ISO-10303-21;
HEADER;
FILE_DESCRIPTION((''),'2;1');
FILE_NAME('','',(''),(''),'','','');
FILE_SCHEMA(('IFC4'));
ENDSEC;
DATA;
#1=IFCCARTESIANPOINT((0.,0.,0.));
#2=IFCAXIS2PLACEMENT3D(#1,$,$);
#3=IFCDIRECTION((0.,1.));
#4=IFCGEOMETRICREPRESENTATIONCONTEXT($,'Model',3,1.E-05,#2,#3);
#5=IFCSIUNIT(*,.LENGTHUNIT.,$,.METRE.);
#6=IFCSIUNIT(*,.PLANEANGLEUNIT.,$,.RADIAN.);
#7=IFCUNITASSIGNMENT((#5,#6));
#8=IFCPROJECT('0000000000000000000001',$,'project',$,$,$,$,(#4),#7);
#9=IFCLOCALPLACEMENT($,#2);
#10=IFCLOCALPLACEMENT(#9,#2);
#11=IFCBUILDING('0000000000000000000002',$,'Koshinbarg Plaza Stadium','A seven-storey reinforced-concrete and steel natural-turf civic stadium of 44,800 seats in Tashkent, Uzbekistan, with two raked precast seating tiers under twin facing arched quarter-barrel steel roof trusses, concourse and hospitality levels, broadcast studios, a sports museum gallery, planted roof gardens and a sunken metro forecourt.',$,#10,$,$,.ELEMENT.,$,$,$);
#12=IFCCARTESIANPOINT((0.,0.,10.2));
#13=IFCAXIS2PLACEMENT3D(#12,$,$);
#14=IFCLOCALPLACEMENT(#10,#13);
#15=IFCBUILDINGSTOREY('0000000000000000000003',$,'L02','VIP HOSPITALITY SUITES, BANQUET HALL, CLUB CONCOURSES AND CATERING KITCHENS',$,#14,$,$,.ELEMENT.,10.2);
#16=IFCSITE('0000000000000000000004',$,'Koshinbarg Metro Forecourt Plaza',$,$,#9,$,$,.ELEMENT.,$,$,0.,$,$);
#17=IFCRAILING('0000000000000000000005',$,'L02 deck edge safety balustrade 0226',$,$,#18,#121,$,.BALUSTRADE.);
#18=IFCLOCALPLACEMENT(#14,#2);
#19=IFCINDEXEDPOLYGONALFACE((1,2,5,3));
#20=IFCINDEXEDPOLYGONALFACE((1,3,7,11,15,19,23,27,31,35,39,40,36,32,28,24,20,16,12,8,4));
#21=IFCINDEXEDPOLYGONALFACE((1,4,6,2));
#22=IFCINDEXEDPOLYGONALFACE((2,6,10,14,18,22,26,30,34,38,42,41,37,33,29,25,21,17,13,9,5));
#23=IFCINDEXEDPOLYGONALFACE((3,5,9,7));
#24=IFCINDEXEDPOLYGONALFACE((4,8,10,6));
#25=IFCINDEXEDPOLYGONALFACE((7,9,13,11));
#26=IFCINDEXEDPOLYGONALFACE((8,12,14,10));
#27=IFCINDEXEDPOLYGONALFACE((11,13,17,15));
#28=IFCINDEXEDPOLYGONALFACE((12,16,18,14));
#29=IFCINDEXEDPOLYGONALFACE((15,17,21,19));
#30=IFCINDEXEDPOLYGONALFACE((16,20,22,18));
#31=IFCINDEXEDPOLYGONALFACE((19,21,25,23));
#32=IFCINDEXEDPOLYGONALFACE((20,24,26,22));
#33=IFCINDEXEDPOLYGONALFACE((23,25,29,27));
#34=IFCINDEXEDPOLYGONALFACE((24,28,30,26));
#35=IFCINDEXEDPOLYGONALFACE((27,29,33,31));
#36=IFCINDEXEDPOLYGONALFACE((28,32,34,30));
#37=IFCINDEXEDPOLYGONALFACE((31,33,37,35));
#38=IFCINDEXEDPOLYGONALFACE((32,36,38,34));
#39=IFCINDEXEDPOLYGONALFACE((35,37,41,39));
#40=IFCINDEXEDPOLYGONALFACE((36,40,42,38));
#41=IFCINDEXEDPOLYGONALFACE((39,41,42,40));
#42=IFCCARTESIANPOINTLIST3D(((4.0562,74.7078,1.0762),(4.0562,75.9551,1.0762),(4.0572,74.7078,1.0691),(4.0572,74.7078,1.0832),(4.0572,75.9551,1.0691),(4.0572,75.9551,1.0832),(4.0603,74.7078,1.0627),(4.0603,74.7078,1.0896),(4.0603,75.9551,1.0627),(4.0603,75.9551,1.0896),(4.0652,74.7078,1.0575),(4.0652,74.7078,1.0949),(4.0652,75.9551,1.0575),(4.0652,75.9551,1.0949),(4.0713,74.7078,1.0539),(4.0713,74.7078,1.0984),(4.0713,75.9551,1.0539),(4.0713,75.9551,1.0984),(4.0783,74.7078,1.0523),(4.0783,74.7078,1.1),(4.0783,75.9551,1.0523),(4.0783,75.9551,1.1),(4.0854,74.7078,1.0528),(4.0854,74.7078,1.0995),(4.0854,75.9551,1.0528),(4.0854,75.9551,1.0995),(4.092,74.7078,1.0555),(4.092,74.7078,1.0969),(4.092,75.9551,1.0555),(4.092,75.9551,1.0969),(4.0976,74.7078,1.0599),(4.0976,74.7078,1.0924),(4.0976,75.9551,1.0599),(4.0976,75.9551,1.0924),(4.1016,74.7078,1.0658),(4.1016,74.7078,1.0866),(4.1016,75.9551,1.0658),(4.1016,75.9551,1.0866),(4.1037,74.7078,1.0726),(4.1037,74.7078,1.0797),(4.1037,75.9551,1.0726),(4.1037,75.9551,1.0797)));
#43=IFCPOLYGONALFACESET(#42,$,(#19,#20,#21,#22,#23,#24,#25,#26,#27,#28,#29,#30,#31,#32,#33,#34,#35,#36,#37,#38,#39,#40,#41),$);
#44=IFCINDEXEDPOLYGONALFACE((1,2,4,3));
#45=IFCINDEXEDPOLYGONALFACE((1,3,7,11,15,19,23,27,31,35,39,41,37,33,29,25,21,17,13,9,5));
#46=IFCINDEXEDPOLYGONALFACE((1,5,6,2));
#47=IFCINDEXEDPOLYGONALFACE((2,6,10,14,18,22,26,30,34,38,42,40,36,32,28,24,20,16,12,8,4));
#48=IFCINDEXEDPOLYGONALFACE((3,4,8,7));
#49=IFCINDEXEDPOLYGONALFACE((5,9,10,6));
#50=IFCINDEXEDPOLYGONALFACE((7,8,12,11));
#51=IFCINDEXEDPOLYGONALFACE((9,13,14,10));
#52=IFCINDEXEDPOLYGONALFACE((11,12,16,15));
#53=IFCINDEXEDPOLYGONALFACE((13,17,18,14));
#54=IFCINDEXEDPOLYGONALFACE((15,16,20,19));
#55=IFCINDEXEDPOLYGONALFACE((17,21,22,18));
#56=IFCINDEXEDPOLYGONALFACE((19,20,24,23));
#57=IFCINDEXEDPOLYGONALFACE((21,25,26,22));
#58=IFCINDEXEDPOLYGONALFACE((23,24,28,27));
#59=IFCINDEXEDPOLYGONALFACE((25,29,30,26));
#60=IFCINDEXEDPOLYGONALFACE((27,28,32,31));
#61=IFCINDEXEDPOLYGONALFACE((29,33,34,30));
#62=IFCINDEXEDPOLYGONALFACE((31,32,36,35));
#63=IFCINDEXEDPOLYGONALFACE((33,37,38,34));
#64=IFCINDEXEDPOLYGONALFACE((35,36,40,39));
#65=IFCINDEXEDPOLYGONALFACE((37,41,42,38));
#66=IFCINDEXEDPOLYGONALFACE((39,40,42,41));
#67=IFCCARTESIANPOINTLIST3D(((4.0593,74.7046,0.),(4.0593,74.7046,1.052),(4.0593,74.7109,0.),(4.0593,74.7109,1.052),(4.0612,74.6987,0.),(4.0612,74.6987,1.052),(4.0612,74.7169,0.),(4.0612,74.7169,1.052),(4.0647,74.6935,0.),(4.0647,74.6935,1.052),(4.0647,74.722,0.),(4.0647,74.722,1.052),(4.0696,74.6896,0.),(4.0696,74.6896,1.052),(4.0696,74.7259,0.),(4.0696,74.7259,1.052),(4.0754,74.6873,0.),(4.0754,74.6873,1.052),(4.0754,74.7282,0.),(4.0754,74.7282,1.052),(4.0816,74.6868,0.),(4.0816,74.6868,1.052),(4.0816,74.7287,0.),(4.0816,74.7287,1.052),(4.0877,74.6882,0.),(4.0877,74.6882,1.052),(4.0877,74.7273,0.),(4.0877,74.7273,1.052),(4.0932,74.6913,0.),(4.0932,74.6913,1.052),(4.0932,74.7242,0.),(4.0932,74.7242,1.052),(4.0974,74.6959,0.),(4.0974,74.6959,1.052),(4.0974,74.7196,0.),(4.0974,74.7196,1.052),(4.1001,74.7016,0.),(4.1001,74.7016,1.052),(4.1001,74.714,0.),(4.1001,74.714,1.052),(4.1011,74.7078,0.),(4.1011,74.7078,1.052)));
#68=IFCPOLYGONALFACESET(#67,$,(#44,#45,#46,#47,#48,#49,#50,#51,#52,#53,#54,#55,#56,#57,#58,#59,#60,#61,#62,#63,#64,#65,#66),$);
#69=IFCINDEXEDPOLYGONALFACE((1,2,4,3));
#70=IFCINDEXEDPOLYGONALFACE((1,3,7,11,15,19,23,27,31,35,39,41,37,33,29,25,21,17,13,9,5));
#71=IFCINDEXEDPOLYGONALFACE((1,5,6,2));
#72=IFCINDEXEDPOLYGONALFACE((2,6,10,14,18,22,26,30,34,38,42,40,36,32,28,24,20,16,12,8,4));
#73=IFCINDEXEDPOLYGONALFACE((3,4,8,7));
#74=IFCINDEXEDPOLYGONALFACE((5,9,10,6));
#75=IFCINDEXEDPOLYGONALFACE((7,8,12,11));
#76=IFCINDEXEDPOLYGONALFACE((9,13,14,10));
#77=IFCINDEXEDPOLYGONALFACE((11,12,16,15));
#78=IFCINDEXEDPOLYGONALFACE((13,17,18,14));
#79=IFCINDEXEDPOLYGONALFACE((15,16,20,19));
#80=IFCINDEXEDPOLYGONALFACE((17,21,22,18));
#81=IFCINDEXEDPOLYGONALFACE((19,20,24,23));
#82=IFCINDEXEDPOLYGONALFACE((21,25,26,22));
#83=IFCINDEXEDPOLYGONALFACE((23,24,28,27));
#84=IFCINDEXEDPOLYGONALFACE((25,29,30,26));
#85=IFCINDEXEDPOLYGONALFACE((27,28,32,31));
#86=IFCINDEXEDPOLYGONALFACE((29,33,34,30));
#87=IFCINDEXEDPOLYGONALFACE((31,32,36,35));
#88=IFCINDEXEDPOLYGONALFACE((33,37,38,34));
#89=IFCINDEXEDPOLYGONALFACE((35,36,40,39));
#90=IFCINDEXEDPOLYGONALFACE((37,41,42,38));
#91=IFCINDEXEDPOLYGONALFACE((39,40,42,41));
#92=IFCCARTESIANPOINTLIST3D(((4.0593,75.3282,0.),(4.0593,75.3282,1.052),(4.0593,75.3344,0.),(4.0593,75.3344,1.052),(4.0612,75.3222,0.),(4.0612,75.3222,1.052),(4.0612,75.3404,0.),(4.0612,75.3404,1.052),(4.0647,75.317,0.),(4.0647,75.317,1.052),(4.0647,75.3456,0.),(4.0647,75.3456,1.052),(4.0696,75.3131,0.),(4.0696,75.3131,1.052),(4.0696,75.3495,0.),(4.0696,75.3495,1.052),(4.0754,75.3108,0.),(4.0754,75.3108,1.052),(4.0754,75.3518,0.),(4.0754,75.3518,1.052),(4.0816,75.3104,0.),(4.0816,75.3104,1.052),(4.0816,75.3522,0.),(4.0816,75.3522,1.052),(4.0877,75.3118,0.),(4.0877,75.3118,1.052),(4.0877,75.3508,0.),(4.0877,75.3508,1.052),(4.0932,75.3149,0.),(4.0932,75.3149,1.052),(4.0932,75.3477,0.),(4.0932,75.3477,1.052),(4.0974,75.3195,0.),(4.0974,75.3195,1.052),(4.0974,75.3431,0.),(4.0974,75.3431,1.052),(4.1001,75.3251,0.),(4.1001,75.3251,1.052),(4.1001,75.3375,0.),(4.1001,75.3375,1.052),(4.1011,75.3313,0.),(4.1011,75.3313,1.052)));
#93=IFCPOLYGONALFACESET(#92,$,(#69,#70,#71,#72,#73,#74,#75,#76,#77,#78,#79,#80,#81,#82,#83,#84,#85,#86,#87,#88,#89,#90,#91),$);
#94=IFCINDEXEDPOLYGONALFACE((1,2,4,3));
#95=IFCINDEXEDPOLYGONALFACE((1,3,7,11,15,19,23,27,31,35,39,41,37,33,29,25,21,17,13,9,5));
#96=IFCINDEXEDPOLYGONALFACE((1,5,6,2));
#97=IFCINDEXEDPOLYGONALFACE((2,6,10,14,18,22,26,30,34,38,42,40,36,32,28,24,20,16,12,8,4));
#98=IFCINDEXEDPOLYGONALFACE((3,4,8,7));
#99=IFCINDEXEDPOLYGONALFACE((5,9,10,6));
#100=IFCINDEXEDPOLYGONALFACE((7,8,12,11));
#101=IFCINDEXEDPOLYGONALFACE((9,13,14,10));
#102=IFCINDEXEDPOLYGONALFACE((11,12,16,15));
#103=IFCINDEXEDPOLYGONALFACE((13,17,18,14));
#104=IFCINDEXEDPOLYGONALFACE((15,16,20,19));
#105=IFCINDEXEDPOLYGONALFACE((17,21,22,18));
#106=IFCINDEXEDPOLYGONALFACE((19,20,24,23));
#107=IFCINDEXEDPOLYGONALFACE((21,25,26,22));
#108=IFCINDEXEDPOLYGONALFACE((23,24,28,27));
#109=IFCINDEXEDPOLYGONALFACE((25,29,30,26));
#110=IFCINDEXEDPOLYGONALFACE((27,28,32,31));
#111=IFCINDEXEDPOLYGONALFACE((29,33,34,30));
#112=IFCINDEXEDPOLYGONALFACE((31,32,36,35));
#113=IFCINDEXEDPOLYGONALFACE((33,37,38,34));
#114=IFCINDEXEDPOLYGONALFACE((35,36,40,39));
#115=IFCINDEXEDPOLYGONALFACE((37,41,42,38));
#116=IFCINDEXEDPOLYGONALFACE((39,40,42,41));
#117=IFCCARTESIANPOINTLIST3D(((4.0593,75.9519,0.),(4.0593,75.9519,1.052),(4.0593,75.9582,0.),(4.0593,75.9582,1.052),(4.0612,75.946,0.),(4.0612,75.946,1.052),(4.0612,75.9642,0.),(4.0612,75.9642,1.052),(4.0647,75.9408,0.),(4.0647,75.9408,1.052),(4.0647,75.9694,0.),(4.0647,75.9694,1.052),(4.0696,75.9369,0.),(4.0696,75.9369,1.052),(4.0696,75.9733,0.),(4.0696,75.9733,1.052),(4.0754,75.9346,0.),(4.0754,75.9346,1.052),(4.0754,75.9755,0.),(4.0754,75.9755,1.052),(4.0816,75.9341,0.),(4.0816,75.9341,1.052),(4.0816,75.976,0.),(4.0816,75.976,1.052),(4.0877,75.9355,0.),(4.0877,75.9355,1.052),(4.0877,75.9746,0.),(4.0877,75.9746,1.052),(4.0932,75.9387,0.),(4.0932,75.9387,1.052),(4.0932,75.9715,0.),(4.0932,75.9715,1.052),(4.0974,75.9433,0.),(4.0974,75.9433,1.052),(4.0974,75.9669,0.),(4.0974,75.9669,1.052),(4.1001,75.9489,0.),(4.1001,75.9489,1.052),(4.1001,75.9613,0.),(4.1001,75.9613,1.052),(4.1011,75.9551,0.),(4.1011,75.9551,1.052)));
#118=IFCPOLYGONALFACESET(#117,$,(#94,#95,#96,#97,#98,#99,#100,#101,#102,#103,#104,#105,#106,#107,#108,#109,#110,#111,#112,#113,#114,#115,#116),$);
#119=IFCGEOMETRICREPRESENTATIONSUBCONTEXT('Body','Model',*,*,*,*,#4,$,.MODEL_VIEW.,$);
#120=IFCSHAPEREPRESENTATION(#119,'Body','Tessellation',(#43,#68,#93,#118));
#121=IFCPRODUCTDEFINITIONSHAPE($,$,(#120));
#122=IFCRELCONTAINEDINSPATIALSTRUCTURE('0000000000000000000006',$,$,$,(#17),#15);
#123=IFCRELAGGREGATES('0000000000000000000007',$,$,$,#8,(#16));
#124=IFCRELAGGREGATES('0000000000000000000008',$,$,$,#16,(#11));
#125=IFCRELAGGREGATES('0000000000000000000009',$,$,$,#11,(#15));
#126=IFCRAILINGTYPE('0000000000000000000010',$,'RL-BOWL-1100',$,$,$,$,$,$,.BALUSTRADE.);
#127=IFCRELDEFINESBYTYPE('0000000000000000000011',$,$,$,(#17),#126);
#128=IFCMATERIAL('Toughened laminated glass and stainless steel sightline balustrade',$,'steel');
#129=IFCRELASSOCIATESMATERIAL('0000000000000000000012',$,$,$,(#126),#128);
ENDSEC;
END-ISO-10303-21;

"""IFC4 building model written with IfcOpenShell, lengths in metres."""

from ifc_helpers import new_model, si_unit, direction, frame, origin, origin_2d, place, context, subcontext, project, spatial, circle, extrude, material, type_object, element, save


model = new_model("IFC4")

# Units and contexts
model_context = context("Model", 3, precision=1e-05, world=origin(), true_north=direction((0.0, 1.0)))
body_context = subcontext(model_context, "Body", "Model", "MODEL_VIEW")
ifc_project = project(units=[si_unit("LENGTHUNIT", "METRE"), si_unit("PLANEANGLEUNIT", "RADIAN")], contexts=[model_context])

# Site, building, storey
site_placement = place(None, origin())
site = spatial("IfcSite", under=ifc_project, at=site_placement, Name="Koshinbarg Metro Forecourt Plaza", CompositionType="ELEMENT", RefElevation=0.0)
building_placement = place(site_placement, origin())
building = spatial("IfcBuilding", under=site, at=building_placement, Name="Koshinbarg Plaza Stadium", Description="A seven-storey reinforced-concrete and steel natural-turf civic stadium of 44,800 seats in Tashkent, Uzbekistan, with two raked precast seating tiers under twin facing arched quarter-barrel steel roof trusses, concourse and hospitality levels, broadcast studios, a sports museum gallery, planted roof gardens and a sunken metro forecourt.", CompositionType="ELEMENT")
storey_placement = place(building_placement, frame((0.0, 0.0, 10.2)))
storey = spatial("IfcBuildingStorey", under=building, at=storey_placement, Name="L02", Description="VIP HOSPITALITY SUITES, BANQUET HALL, CLUB CONCOURSES AND CATERING KITCHENS", CompositionType="ELEMENT", Elevation=10.2)

# Railing
ifc_material_1 = material(Name="Toughened laminated glass and stainless steel sightline balustrade", Category="steel")
railing_type = type_object("IfcRailingType", Name="RL-BOWL-1100", PredefinedType="BALUSTRADE", material=ifc_material_1)
railing_1_placement = place(storey_placement, frame((4.0801, 74.7078, 0.0)))
element("IfcRailing", 1, at=railing_1_placement, inside=storey, type_object=railing_type, Name="L02 deck edge safety balustrade 0226", PredefinedType="BALUSTRADE", context=body_context, shape_type="SweptSolid", body=[
    extrude(circle(Radius=0.0239, at=origin_2d()), frame((0.0, 0.0, 1.0762), z_axis=(0.0, 1.0, 0.0), x_axis=(-1.0, 0.0, 0.0)), (0.0, 0.0, 1.0), 1.2473),
    extrude(circle(Radius=0.021, at=origin_2d()), origin(), (0.0, 0.0, 1.0), 1.052),
    extrude(circle(Radius=0.021, at=origin_2d()), frame((0.0, 0.6235, 0.0)), (0.0, 0.0, 1.0), 1.052),
    extrude(circle(Radius=0.021, at=origin_2d()), frame((0.0, 1.2473, 0.0)), (0.0, 0.0, 1.0), 1.052),
])

save(model, "model.ifc")
